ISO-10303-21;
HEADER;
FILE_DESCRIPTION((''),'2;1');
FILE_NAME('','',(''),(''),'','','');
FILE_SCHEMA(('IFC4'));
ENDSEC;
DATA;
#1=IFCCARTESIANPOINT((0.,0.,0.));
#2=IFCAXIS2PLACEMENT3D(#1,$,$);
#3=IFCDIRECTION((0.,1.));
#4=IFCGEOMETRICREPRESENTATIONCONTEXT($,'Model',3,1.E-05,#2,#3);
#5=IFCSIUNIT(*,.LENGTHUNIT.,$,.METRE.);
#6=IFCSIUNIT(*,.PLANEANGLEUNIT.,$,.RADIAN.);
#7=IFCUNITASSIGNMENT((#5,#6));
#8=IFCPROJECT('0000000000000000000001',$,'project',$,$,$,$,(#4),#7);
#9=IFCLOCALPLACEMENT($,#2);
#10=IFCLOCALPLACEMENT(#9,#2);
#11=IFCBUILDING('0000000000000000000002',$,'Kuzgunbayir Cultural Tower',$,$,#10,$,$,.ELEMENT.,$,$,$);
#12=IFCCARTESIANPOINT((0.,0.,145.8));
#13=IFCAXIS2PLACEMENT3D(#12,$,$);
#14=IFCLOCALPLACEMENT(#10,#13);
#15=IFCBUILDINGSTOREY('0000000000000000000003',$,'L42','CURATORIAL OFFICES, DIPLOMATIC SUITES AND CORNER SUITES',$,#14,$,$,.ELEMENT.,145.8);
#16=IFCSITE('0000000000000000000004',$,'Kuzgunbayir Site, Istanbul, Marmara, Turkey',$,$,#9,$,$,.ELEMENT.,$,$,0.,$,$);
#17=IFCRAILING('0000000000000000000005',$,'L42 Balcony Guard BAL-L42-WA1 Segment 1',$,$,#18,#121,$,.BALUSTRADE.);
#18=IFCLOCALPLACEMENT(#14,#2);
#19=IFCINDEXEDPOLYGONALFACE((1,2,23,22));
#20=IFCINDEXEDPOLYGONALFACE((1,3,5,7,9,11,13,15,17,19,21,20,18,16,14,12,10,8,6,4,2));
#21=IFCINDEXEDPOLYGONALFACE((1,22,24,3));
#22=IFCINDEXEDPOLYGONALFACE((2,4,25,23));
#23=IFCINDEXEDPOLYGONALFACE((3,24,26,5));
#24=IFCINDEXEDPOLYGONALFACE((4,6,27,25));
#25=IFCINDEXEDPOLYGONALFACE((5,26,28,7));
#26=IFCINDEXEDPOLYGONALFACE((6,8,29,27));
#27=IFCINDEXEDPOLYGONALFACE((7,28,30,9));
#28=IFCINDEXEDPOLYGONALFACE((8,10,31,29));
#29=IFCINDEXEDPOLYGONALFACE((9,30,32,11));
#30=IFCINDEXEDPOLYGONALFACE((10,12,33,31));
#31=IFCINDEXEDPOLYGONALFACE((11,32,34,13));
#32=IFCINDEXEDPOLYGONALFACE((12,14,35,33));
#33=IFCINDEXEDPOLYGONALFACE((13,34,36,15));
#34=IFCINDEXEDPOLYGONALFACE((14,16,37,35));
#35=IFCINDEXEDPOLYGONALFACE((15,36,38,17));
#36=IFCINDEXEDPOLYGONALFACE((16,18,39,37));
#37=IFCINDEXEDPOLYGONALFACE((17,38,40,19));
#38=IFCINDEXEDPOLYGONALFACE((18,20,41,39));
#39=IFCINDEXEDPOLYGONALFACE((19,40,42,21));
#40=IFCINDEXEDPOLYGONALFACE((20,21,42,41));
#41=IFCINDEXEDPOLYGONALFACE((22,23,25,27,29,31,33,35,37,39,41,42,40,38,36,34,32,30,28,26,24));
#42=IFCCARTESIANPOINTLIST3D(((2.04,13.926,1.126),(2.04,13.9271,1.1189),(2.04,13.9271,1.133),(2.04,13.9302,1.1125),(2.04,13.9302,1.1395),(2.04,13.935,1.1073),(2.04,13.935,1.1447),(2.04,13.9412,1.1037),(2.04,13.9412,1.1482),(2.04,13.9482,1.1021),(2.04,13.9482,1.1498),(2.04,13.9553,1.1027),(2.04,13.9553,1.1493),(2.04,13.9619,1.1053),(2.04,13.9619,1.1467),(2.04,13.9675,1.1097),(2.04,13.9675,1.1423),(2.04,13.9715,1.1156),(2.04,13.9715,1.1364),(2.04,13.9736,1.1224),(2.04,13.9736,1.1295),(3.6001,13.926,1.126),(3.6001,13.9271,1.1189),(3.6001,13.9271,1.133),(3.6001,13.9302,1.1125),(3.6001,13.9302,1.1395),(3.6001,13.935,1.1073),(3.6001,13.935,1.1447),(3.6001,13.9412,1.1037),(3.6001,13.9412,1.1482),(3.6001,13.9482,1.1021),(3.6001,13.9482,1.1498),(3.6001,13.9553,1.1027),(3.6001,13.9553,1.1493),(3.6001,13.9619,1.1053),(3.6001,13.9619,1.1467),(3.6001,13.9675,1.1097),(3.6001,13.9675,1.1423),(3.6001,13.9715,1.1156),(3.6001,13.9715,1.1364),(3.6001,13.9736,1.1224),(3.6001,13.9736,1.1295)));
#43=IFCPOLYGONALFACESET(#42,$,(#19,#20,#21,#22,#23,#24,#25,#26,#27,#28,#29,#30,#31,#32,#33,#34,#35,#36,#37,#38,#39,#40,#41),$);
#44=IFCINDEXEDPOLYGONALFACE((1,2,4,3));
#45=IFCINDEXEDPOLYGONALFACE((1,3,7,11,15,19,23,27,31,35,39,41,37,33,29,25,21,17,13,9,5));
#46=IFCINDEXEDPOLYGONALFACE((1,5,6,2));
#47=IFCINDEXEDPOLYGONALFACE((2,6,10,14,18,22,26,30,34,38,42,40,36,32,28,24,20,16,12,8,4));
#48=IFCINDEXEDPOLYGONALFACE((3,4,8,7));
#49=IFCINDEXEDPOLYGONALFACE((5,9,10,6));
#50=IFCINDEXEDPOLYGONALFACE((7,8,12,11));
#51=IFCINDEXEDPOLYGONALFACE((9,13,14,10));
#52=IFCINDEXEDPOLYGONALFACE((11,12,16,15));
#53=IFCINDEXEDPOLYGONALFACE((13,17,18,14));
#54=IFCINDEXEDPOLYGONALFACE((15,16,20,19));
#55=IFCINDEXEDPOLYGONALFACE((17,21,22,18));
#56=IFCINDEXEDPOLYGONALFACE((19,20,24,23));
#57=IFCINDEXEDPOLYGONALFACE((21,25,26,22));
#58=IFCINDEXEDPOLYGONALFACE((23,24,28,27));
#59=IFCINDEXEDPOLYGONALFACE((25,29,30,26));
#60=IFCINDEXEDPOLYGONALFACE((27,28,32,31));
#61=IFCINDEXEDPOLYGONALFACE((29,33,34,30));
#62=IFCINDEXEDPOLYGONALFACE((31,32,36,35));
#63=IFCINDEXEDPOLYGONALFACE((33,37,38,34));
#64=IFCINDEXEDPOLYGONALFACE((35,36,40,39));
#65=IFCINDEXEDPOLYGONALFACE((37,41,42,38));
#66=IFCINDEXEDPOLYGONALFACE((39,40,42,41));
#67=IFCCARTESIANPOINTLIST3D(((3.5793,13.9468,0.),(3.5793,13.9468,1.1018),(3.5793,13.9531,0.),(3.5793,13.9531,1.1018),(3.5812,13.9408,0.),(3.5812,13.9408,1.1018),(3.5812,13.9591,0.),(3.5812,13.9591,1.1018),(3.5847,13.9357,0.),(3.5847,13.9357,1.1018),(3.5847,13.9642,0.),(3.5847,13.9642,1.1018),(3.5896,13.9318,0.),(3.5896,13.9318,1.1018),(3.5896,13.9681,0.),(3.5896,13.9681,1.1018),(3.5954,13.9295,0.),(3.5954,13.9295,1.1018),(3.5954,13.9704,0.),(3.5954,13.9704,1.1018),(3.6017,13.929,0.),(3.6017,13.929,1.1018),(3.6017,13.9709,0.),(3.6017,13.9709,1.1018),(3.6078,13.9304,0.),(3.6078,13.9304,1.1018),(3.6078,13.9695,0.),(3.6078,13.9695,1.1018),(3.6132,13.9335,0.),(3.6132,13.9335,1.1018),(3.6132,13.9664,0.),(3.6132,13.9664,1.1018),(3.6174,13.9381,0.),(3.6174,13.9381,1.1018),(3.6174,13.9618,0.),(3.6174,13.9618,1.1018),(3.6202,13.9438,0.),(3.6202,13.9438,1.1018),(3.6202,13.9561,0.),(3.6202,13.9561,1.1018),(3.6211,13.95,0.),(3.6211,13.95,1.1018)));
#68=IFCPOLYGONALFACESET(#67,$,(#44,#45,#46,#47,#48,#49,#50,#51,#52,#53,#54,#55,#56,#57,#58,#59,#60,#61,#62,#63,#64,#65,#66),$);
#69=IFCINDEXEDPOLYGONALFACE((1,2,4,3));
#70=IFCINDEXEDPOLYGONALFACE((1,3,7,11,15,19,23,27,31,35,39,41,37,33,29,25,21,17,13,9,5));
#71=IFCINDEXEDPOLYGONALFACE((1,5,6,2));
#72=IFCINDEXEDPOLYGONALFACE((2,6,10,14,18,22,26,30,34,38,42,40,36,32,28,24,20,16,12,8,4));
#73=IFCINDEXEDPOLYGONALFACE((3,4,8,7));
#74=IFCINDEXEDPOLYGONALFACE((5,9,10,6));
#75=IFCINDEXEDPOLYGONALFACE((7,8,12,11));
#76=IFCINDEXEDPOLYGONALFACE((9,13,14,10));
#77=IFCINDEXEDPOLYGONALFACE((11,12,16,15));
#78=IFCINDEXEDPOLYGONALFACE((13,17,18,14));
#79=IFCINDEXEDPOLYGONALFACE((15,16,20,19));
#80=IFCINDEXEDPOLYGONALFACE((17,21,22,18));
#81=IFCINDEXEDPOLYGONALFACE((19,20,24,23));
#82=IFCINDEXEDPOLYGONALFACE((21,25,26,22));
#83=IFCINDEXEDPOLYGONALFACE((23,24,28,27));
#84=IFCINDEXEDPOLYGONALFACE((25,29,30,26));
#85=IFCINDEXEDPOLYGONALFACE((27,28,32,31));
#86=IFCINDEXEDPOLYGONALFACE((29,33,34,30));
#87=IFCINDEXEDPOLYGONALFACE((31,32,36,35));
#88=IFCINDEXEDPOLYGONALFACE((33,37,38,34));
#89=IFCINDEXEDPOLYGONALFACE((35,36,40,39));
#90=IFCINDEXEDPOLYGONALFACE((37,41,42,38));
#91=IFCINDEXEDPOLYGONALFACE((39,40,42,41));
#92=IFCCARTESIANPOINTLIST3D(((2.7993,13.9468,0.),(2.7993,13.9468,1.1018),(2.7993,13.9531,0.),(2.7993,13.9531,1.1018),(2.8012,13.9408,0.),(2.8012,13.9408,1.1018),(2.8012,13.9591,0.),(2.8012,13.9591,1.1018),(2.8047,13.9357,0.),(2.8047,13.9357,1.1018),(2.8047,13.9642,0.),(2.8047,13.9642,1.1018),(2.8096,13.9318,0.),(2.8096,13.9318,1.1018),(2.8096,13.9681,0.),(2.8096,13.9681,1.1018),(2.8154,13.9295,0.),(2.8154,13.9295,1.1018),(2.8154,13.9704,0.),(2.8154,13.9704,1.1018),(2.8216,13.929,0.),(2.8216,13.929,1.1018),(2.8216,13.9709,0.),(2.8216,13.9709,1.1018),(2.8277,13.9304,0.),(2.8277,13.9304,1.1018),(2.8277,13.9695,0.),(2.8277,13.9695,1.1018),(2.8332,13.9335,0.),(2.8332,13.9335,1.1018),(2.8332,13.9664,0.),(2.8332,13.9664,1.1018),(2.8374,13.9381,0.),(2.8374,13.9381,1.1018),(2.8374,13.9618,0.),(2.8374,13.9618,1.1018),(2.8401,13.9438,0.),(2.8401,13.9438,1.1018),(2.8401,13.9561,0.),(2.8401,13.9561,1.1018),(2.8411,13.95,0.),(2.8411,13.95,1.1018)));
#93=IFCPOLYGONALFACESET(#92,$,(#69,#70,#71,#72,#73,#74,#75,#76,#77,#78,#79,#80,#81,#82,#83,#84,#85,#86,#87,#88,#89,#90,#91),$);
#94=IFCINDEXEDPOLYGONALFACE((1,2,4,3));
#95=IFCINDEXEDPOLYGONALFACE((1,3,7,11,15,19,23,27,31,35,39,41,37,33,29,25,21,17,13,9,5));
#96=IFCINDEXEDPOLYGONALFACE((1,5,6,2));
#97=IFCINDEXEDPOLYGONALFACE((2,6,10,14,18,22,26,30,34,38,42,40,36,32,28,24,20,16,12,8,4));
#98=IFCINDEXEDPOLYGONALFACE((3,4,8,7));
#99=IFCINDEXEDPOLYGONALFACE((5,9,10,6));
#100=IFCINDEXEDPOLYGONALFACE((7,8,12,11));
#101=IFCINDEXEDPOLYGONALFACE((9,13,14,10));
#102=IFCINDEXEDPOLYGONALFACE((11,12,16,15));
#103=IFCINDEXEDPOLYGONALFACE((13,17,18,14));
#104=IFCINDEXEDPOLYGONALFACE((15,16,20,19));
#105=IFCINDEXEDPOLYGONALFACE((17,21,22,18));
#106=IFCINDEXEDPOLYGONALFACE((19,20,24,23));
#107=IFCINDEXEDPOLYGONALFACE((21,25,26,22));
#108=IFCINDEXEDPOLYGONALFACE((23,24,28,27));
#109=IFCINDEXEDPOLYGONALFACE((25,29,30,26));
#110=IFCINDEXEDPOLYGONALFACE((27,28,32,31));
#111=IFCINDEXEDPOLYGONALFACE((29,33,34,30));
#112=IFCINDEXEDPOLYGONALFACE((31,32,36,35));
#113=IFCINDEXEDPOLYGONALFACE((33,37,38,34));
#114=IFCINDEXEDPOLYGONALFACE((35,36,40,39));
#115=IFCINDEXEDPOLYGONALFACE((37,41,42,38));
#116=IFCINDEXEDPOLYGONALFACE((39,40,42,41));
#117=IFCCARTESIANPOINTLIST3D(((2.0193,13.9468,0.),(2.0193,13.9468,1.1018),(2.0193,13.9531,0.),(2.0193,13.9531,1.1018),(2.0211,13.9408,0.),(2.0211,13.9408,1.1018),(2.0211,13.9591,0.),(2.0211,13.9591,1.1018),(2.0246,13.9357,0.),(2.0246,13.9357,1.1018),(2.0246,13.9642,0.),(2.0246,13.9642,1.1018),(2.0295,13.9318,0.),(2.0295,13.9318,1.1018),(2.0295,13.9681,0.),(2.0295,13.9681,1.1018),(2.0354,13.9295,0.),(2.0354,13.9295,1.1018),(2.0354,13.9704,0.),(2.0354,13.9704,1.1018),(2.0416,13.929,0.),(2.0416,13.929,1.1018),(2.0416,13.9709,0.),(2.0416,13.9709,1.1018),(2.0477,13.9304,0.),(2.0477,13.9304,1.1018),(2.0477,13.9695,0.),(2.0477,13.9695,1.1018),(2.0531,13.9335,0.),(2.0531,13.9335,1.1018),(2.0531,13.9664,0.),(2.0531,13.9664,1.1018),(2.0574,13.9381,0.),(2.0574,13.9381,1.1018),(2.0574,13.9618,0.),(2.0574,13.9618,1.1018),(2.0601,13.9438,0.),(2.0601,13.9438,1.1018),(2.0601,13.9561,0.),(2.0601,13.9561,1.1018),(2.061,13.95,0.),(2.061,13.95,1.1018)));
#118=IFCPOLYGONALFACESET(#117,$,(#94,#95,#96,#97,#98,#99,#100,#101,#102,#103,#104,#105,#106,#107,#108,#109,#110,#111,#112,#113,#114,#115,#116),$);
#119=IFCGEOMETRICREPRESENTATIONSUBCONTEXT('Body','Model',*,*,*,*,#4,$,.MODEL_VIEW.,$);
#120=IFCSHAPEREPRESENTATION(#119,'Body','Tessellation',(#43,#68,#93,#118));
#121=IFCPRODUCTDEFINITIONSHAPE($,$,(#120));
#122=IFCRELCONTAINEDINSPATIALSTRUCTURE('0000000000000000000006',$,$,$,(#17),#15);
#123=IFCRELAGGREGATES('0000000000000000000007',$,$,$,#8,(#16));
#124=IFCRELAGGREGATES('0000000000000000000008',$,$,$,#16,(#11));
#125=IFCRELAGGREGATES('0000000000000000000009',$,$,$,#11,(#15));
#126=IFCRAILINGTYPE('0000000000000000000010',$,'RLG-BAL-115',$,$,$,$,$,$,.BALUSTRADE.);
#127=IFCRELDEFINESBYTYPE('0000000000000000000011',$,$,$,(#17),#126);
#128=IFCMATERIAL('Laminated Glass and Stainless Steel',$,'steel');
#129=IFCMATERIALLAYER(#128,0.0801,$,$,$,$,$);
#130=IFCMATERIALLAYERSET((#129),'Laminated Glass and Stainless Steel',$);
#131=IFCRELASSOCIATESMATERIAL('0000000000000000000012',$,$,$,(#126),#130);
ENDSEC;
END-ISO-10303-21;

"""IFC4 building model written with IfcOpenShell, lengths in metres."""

from ifc_helpers import new_model, si_unit, direction, frame, origin, origin_2d, place, context, subcontext, project, spatial, circle, extrude, material, layer, layer_set, type_object, element, save


model = new_model("IFC4")

# Units and contexts
model_context = context("Model", 3, precision=1e-05, world=origin(), true_north=direction((0.0, 1.0)))
body_context = subcontext(model_context, "Body", "Model", "MODEL_VIEW")
ifc_project = project(units=[si_unit("LENGTHUNIT", "METRE"), si_unit("PLANEANGLEUNIT", "RADIAN")], contexts=[model_context])

# Site, building, storey
site_placement = place(None, origin())
site = spatial("IfcSite", under=ifc_project, at=site_placement, Name="Kuzgunbayir Site, Istanbul, Marmara, Turkey", CompositionType="ELEMENT", RefElevation=0.0)
building_placement = place(site_placement, origin())
building = spatial("IfcBuilding", under=site, at=building_placement, Name="Kuzgunbayir Cultural Tower", CompositionType="ELEMENT")
storey_placement = place(building_placement, frame((0.0, 0.0, 145.8)))
storey = spatial("IfcBuildingStorey", under=building, at=storey_placement, Name="L42", Description="CURATORIAL OFFICES, DIPLOMATIC SUITES AND CORNER SUITES", CompositionType="ELEMENT", Elevation=145.8)

# Railing
ifc_material_1 = material(Name="Laminated Glass and Stainless Steel", Category="steel")
ifc_layer_1 = layer(ifc_material_1, 0.0801)
ifc_layer_set_1 = layer_set([ifc_layer_1], Name="Laminated Glass and Stainless Steel")
railing_type = type_object("IfcRailingType", Name="RLG-BAL-115", PredefinedType="BALUSTRADE", material=ifc_layer_set_1)
railing_1_placement = place(storey_placement, frame((3.6001, 13.95, 0.0)))
element("IfcRailing", 1, at=railing_1_placement, inside=storey, type_object=railing_type, Name="L42 Balcony Guard BAL-L42-WA1 Segment 1", PredefinedType="BALUSTRADE", context=body_context, shape_type="SweptSolid", body=[
    extrude(circle(Radius=0.0239, at=origin_2d()), frame((0.0, 0.0, 1.126), z_axis=(-1.0, 0.0, 0.0), x_axis=(0.0, -1.0, 0.0)), (0.0, 0.0, 1.0), 1.5601),
    extrude(circle(Radius=0.021, at=origin_2d()), origin(), (0.0, 0.0, 1.0), 1.1018),
    extrude(circle(Radius=0.021, at=origin_2d()), frame((-0.78, 0.0, 0.0)), (0.0, 0.0, 1.0), 1.1018),
    extrude(circle(Radius=0.021, at=origin_2d()), frame((-1.5601, 0.0, 0.0)), (0.0, 0.0, 1.0), 1.1018),
])

save(model, "model.ifc")
